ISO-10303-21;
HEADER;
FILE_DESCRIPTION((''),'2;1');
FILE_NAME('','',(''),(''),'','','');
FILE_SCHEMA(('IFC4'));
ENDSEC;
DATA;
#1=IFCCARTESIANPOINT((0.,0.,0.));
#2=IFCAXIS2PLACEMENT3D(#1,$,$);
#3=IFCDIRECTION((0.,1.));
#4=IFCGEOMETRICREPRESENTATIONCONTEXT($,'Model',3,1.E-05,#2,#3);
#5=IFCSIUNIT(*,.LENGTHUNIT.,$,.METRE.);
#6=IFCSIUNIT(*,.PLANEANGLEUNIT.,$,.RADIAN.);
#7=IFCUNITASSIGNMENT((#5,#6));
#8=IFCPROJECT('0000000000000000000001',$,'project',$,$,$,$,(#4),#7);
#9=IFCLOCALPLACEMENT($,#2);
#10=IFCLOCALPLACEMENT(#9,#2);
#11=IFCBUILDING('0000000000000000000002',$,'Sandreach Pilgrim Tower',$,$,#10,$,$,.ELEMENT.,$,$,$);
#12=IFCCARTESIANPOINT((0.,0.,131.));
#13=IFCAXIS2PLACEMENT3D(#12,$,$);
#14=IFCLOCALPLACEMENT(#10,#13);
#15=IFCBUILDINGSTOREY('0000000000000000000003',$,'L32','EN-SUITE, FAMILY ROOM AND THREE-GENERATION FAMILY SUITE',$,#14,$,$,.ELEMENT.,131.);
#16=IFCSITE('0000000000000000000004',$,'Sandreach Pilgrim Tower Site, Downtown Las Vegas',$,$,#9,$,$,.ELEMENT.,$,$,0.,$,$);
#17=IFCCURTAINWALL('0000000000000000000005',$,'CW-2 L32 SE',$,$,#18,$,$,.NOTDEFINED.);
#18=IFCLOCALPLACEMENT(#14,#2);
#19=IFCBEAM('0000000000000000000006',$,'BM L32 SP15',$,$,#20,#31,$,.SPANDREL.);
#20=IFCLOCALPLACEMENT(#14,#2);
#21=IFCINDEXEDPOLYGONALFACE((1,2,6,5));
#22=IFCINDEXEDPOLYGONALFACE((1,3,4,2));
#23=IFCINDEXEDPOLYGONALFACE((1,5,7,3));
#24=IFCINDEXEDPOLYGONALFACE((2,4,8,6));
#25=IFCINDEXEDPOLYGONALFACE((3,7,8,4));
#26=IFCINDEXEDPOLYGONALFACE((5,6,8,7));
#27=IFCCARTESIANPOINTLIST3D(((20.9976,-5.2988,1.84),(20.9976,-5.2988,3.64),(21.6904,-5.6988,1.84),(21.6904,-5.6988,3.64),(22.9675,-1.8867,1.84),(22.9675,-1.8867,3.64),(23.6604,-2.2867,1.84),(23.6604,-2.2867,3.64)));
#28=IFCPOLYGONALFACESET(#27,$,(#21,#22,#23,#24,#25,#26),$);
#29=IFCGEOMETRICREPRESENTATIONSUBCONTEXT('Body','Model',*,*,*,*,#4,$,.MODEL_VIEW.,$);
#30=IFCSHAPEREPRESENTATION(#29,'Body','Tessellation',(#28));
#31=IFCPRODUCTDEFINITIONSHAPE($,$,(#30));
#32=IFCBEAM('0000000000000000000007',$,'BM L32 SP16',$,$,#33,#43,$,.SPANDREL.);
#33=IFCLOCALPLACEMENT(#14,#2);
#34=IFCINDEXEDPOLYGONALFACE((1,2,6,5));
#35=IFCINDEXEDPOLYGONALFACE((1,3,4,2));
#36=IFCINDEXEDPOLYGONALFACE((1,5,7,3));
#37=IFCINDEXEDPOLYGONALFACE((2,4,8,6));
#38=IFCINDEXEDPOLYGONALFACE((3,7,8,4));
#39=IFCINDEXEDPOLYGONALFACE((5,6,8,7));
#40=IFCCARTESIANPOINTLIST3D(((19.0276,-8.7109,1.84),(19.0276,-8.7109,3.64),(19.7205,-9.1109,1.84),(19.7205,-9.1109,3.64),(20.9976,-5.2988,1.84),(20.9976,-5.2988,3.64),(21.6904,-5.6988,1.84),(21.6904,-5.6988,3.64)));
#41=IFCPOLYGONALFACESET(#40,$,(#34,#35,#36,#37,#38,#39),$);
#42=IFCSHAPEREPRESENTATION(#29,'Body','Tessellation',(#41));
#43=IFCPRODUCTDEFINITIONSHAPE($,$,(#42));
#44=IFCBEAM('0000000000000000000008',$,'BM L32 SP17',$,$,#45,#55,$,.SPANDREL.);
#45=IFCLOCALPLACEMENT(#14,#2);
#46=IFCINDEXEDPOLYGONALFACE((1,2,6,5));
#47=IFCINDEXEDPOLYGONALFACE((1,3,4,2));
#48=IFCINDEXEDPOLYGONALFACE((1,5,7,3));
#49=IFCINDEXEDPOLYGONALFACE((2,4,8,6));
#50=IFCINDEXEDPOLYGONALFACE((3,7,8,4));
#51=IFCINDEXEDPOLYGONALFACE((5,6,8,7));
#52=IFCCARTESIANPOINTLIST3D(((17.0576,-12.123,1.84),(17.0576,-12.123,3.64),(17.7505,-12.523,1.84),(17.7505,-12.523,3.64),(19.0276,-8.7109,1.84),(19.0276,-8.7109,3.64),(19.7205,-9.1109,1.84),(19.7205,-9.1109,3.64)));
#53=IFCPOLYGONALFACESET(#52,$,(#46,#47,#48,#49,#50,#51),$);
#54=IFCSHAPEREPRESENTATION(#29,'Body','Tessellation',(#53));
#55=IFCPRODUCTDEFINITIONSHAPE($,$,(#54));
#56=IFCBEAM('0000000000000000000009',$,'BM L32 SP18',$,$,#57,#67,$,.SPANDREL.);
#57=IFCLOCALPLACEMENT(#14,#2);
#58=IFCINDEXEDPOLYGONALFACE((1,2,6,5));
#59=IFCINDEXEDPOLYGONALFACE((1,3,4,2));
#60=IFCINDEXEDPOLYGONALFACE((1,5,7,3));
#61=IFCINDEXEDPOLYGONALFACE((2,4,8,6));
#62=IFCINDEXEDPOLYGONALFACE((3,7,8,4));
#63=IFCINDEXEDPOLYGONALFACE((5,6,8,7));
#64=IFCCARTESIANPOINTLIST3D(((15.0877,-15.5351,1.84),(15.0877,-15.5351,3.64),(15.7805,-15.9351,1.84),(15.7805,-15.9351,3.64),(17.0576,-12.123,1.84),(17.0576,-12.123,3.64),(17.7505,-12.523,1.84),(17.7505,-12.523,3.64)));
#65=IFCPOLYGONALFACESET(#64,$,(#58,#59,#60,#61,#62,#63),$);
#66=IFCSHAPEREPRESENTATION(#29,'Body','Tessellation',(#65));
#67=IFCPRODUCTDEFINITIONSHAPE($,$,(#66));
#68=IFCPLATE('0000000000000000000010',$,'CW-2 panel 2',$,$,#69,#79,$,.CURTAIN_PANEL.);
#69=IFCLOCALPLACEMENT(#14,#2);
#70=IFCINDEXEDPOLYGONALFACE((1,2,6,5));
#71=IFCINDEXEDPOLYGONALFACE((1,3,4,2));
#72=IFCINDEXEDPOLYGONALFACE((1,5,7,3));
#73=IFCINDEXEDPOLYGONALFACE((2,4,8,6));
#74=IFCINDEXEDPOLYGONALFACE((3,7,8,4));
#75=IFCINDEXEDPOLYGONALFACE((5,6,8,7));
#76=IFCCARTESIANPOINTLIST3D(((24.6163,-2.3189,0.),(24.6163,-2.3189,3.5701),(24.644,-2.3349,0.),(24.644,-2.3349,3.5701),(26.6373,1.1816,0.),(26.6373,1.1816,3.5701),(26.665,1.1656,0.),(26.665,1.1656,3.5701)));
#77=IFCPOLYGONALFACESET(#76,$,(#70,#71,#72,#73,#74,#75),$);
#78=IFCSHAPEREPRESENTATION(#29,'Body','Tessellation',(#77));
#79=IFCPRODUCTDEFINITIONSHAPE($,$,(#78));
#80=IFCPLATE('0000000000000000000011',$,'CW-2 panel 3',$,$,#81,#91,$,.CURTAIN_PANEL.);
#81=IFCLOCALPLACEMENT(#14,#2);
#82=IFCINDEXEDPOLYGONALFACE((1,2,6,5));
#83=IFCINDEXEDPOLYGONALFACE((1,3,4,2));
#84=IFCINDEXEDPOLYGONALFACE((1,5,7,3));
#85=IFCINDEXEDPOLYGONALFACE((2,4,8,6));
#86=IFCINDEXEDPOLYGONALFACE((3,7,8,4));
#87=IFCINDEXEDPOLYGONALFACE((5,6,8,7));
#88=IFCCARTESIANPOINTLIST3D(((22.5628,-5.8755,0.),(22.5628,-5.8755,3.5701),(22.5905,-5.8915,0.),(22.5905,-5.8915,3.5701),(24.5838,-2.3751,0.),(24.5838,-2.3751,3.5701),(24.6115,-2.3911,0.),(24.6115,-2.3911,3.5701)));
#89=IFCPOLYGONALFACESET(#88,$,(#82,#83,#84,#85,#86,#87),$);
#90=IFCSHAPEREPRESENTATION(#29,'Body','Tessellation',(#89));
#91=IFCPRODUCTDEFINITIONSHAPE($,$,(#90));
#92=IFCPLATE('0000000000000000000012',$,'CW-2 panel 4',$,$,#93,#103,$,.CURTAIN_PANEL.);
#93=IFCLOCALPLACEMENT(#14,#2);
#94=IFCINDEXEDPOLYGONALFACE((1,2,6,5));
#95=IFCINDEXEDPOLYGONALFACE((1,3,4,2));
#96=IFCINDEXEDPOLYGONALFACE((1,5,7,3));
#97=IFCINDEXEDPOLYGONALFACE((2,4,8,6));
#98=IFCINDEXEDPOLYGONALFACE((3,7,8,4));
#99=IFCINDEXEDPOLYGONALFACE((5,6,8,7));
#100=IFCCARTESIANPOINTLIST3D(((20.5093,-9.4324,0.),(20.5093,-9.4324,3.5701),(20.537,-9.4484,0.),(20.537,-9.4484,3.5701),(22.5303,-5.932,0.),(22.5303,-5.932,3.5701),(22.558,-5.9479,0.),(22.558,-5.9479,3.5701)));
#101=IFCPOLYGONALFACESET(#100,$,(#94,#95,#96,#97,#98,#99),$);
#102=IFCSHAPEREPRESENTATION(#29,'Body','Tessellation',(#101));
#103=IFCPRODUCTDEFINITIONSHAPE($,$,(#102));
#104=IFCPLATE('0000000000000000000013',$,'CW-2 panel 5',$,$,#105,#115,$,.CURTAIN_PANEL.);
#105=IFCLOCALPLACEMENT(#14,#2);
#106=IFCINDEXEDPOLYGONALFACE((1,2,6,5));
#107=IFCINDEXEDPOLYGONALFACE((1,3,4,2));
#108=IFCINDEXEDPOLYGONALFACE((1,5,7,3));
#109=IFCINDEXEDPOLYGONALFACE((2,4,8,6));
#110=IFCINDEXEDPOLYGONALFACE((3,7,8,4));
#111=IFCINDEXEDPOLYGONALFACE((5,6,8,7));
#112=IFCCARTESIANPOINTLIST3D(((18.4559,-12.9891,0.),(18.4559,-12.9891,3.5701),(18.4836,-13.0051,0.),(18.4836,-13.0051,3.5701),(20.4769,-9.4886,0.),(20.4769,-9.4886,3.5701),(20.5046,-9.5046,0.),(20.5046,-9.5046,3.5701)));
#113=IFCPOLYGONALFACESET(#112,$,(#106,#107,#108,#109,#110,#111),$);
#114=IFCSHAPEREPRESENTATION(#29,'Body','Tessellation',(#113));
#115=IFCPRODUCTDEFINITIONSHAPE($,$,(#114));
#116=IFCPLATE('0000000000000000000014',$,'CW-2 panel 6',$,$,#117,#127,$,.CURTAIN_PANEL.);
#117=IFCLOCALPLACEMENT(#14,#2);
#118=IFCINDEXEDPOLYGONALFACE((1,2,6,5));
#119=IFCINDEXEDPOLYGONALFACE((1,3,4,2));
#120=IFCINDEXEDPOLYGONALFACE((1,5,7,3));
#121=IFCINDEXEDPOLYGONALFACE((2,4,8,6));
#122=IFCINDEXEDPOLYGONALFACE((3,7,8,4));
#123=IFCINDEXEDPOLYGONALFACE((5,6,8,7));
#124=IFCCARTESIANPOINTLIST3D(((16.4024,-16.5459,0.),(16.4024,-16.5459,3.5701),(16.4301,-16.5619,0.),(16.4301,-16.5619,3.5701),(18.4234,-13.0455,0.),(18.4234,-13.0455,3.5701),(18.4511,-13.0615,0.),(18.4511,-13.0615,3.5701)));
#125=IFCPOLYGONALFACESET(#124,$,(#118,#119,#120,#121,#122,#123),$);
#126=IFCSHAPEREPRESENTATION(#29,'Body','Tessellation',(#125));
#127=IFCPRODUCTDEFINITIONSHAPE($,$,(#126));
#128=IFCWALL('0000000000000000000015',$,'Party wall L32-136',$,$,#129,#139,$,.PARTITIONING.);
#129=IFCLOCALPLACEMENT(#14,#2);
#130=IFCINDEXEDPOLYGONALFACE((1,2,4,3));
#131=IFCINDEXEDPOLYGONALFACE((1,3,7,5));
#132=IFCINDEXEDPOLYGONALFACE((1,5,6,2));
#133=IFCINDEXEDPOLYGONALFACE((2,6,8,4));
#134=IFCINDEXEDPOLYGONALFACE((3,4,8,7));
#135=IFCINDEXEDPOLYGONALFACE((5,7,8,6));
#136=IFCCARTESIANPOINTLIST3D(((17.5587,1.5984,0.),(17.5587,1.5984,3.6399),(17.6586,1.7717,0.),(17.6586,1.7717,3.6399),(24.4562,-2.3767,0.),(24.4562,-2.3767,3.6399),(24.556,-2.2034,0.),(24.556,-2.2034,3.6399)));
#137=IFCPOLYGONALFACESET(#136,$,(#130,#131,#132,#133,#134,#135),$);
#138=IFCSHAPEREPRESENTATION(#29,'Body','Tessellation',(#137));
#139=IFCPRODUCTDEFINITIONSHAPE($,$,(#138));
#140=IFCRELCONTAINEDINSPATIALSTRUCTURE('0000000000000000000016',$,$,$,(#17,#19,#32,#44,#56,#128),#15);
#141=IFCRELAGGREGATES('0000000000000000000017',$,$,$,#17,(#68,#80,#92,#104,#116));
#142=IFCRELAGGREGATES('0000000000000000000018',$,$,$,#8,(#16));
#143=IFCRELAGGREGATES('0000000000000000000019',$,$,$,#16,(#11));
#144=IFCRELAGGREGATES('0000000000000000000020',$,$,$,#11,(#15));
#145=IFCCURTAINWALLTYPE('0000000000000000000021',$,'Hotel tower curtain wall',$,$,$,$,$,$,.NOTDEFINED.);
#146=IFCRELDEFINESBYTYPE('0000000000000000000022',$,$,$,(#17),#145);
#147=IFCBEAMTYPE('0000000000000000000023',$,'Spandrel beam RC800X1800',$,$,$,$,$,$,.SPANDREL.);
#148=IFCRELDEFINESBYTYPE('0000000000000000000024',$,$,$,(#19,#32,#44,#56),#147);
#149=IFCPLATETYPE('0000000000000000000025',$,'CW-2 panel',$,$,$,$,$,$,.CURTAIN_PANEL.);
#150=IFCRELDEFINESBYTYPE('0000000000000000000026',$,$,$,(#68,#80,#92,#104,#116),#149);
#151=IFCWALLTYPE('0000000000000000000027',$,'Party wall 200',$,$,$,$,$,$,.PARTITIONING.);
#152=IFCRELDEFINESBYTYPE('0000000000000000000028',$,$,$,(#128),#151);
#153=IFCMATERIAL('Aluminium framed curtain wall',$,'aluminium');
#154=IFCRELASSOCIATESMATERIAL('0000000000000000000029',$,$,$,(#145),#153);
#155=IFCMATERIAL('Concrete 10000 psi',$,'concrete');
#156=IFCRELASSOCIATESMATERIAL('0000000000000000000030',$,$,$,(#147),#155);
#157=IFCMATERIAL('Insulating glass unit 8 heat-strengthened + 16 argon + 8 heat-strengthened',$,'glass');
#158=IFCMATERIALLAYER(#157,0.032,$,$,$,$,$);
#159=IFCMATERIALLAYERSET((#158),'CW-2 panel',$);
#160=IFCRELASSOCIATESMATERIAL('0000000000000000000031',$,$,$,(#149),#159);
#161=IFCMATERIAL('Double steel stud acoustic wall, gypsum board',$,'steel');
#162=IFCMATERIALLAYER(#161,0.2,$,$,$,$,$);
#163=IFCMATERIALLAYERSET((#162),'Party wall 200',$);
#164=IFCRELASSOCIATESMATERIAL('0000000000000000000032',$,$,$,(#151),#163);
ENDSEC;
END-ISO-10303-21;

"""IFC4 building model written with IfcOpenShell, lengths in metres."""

from ifc_helpers import new_model, si_unit, direction, frame, frame_2d, origin, origin_2d, place, context, subcontext, project, spatial, rectangle, extrude, material, layer, layer_set, material_profile, profile_set, type_object, element, aggregate, save


model = new_model("IFC4")

# Units and contexts
model_context = context("Model", 3, precision=1e-05, world=origin(), true_north=direction((0.0, 1.0)))
body_context = subcontext(model_context, "Body", "Model", "MODEL_VIEW")
ifc_project = project(units=[si_unit("LENGTHUNIT", "METRE"), si_unit("PLANEANGLEUNIT", "RADIAN")], contexts=[model_context])

# Site, building, storey
site_placement = place(None, origin())
site = spatial("IfcSite", under=ifc_project, at=site_placement, Name="Sandreach Pilgrim Tower Site, Downtown Las Vegas", CompositionType="ELEMENT", RefElevation=0.0)
building_placement = place(site_placement, origin())
building = spatial("IfcBuilding", under=site, at=building_placement, Name="Sandreach Pilgrim Tower", CompositionType="ELEMENT")
storey_placement = place(building_placement, frame((0.0, 0.0, 131.0)))
storey = spatial("IfcBuildingStorey", under=building, at=storey_placement, Name="L32", Description="EN-SUITE, FAMILY ROOM AND THREE-GENERATION FAMILY SUITE", CompositionType="ELEMENT", Elevation=131.0)

# Curtain wall
ifc_material_1 = material(Name="Aluminium framed curtain wall", Category="aluminium")
curtain_wall_type = type_object("IfcCurtainWallType", Name="Hotel tower curtain wall", PredefinedType="NOTDEFINED", material=ifc_material_1)
curtain_wall_placement = place(storey_placement, origin())
curtain_wall = element("IfcCurtainWall", 1, at=curtain_wall_placement, inside=storey, type_object=curtain_wall_type, Name="CW-2 L32 SE", PredefinedType="NOTDEFINED")

# Beams
ifc_material_2 = material(Name="Concrete 10000 psi", Category="concrete")
ifc_material_profile_1 = material_profile(ifc_material_2, rectangle(XDim=0.8, YDim=1.8, at=origin_2d()), Name="RC800X1800")
ifc_profile_set_1 = profile_set([ifc_material_profile_1], Name="Concrete 10000 psi")
beam_type_1 = type_object("IfcBeamType", Name="Spandrel beam RC800X1800", PredefinedType="SPANDREL", material=ifc_profile_set_1)
for number, where, z_axis, x_axis, name in (
    (2, (23.314, -2.0867, 2.74), (-0.499998, -0.866027, 0.0), (0.866027, -0.499998, 0.0), "BM L32 SP15"),
    (3, (21.344, -5.4988, 2.74), (-0.499998, -0.866027, 0.0), (0.866027, -0.499998, 0.0), "BM L32 SP16"),
    (4, (19.374, -8.9109, 2.74), (-0.499998, -0.866027, 0.0), (0.866027, -0.499998, 0.0), "BM L32 SP17"),
    (5, (17.4041, -12.323, 2.74), (-0.499998, -0.866027, 0.0), (0.866027, -0.499998, 0.0), "BM L32 SP18"),
):
    element("IfcBeam", number, at=place(storey_placement, frame(where, z_axis=z_axis, x_axis=x_axis)), inside=storey, type_object=beam_type_1, Name=name, PredefinedType="SPANDREL", context=body_context, shape_type="SweptSolid", body=[
        extrude(rectangle(XDim=0.8, YDim=1.8, at=origin_2d()), origin(), (0.0, 0.0, 1.0), 3.9399),
    ])

# Plates
ifc_material_3 = material(Name="Insulating glass unit 8 heat-strengthened + 16 argon + 8 heat-strengthened", Category="glass")
ifc_layer_1 = layer(ifc_material_3, 0.032)
ifc_layer_set_1 = layer_set([ifc_layer_1], Name="CW-2 panel")
plate_type = type_object("IfcPlateType", Name="CW-2 panel", PredefinedType="CURTAIN_PANEL", material=ifc_layer_set_1)
plate_1_placement = place(storey_placement, frame((25.6406, -0.5767, 0.0), z_axis=(0.0, 0.0, 1.0), x_axis=(-0.5, -0.866025, 0.0)))
plate_1 = element("IfcPlate", 6, at=plate_1_placement, type_object=plate_type, Name="CW-2 panel 2", PredefinedType="CURTAIN_PANEL", context=body_context, shape_type="SweptSolid", body=[
    extrude(rectangle(XDim=4.042, YDim=0.032, at=origin_2d()), origin(), (0.0, 0.0, 1.0), 3.5701),
])
plate_2_placement = place(storey_placement, frame((23.5872, -4.1333, 0.0), z_axis=(0.0, 0.0, 1.0), x_axis=(-0.5, -0.866025, 0.0)))
plate_2 = element("IfcPlate", 7, at=plate_2_placement, type_object=plate_type, Name="CW-2 panel 3", PredefinedType="CURTAIN_PANEL", context=body_context, shape_type="SweptSolid", body=[
    extrude(rectangle(XDim=4.042, YDim=0.032, at=origin_2d()), origin(), (0.0, 0.0, 1.0), 3.5701),
])
plate_3_placement = place(storey_placement, frame((21.5337, -7.6902, 0.0), z_axis=(0.0, 0.0, 1.0), x_axis=(-0.5, -0.866025, 0.0)))
plate_3 = element("IfcPlate", 8, at=plate_3_placement, type_object=plate_type, Name="CW-2 panel 4", PredefinedType="CURTAIN_PANEL", context=body_context, shape_type="SweptSolid", body=[
    extrude(rectangle(XDim=4.042, YDim=0.032, at=origin_2d()), origin(), (0.0, 0.0, 1.0), 3.5701),
])
plate_4_placement = place(storey_placement, frame((19.4802, -11.2468, 0.0), z_axis=(0.0, 0.0, 1.0), x_axis=(-0.5, -0.866025, 0.0)))
plate_4 = element("IfcPlate", 9, at=plate_4_placement, type_object=plate_type, Name="CW-2 panel 5", PredefinedType="CURTAIN_PANEL", context=body_context, shape_type="SweptSolid", body=[
    extrude(rectangle(XDim=4.042, YDim=0.032, at=origin_2d()), origin(), (0.0, 0.0, 1.0), 3.5701),
])
plate_5_placement = place(storey_placement, frame((17.4268, -14.8037, 0.0), z_axis=(0.0, 0.0, 1.0), x_axis=(-0.5, -0.866025, 0.0)))
plate_5 = element("IfcPlate", 10, at=plate_5_placement, type_object=plate_type, Name="CW-2 panel 6", PredefinedType="CURTAIN_PANEL", context=body_context, shape_type="SweptSolid", body=[
    extrude(rectangle(XDim=4.042, YDim=0.032, at=origin_2d()), origin(), (0.0, 0.0, 1.0), 3.5701),
])
aggregate(curtain_wall, [plate_1, plate_2, plate_3, plate_4, plate_5])

# Wall
ifc_material_4 = material(Name="Double steel stud acoustic wall, gypsum board", Category="steel")
ifc_layer_2 = layer(ifc_material_4, 0.2)
ifc_layer_set_2 = layer_set([ifc_layer_2], Name="Party wall 200")
wall_type = type_object("IfcWallType", Name="Party wall 200", PredefinedType="PARTITIONING", material=ifc_layer_set_2)
wall_placement = place(storey_placement, frame((24.5061, -2.29, 0.0), z_axis=(0.0, 0.0, 1.0), x_axis=(-0.866414, 0.499326, 0.0)))
element("IfcWall", 11, at=wall_placement, inside=storey, type_object=wall_type, Name="Party wall L32-136", PredefinedType="PARTITIONING", context=body_context, shape_type="SweptSolid", body=[
    extrude(rectangle(XDim=7.9609, YDim=0.2, at=frame_2d((3.9805, 0.0))), origin(), (0.0, 0.0, 1.0), 3.6399),
])

save(model, "model.ifc")
